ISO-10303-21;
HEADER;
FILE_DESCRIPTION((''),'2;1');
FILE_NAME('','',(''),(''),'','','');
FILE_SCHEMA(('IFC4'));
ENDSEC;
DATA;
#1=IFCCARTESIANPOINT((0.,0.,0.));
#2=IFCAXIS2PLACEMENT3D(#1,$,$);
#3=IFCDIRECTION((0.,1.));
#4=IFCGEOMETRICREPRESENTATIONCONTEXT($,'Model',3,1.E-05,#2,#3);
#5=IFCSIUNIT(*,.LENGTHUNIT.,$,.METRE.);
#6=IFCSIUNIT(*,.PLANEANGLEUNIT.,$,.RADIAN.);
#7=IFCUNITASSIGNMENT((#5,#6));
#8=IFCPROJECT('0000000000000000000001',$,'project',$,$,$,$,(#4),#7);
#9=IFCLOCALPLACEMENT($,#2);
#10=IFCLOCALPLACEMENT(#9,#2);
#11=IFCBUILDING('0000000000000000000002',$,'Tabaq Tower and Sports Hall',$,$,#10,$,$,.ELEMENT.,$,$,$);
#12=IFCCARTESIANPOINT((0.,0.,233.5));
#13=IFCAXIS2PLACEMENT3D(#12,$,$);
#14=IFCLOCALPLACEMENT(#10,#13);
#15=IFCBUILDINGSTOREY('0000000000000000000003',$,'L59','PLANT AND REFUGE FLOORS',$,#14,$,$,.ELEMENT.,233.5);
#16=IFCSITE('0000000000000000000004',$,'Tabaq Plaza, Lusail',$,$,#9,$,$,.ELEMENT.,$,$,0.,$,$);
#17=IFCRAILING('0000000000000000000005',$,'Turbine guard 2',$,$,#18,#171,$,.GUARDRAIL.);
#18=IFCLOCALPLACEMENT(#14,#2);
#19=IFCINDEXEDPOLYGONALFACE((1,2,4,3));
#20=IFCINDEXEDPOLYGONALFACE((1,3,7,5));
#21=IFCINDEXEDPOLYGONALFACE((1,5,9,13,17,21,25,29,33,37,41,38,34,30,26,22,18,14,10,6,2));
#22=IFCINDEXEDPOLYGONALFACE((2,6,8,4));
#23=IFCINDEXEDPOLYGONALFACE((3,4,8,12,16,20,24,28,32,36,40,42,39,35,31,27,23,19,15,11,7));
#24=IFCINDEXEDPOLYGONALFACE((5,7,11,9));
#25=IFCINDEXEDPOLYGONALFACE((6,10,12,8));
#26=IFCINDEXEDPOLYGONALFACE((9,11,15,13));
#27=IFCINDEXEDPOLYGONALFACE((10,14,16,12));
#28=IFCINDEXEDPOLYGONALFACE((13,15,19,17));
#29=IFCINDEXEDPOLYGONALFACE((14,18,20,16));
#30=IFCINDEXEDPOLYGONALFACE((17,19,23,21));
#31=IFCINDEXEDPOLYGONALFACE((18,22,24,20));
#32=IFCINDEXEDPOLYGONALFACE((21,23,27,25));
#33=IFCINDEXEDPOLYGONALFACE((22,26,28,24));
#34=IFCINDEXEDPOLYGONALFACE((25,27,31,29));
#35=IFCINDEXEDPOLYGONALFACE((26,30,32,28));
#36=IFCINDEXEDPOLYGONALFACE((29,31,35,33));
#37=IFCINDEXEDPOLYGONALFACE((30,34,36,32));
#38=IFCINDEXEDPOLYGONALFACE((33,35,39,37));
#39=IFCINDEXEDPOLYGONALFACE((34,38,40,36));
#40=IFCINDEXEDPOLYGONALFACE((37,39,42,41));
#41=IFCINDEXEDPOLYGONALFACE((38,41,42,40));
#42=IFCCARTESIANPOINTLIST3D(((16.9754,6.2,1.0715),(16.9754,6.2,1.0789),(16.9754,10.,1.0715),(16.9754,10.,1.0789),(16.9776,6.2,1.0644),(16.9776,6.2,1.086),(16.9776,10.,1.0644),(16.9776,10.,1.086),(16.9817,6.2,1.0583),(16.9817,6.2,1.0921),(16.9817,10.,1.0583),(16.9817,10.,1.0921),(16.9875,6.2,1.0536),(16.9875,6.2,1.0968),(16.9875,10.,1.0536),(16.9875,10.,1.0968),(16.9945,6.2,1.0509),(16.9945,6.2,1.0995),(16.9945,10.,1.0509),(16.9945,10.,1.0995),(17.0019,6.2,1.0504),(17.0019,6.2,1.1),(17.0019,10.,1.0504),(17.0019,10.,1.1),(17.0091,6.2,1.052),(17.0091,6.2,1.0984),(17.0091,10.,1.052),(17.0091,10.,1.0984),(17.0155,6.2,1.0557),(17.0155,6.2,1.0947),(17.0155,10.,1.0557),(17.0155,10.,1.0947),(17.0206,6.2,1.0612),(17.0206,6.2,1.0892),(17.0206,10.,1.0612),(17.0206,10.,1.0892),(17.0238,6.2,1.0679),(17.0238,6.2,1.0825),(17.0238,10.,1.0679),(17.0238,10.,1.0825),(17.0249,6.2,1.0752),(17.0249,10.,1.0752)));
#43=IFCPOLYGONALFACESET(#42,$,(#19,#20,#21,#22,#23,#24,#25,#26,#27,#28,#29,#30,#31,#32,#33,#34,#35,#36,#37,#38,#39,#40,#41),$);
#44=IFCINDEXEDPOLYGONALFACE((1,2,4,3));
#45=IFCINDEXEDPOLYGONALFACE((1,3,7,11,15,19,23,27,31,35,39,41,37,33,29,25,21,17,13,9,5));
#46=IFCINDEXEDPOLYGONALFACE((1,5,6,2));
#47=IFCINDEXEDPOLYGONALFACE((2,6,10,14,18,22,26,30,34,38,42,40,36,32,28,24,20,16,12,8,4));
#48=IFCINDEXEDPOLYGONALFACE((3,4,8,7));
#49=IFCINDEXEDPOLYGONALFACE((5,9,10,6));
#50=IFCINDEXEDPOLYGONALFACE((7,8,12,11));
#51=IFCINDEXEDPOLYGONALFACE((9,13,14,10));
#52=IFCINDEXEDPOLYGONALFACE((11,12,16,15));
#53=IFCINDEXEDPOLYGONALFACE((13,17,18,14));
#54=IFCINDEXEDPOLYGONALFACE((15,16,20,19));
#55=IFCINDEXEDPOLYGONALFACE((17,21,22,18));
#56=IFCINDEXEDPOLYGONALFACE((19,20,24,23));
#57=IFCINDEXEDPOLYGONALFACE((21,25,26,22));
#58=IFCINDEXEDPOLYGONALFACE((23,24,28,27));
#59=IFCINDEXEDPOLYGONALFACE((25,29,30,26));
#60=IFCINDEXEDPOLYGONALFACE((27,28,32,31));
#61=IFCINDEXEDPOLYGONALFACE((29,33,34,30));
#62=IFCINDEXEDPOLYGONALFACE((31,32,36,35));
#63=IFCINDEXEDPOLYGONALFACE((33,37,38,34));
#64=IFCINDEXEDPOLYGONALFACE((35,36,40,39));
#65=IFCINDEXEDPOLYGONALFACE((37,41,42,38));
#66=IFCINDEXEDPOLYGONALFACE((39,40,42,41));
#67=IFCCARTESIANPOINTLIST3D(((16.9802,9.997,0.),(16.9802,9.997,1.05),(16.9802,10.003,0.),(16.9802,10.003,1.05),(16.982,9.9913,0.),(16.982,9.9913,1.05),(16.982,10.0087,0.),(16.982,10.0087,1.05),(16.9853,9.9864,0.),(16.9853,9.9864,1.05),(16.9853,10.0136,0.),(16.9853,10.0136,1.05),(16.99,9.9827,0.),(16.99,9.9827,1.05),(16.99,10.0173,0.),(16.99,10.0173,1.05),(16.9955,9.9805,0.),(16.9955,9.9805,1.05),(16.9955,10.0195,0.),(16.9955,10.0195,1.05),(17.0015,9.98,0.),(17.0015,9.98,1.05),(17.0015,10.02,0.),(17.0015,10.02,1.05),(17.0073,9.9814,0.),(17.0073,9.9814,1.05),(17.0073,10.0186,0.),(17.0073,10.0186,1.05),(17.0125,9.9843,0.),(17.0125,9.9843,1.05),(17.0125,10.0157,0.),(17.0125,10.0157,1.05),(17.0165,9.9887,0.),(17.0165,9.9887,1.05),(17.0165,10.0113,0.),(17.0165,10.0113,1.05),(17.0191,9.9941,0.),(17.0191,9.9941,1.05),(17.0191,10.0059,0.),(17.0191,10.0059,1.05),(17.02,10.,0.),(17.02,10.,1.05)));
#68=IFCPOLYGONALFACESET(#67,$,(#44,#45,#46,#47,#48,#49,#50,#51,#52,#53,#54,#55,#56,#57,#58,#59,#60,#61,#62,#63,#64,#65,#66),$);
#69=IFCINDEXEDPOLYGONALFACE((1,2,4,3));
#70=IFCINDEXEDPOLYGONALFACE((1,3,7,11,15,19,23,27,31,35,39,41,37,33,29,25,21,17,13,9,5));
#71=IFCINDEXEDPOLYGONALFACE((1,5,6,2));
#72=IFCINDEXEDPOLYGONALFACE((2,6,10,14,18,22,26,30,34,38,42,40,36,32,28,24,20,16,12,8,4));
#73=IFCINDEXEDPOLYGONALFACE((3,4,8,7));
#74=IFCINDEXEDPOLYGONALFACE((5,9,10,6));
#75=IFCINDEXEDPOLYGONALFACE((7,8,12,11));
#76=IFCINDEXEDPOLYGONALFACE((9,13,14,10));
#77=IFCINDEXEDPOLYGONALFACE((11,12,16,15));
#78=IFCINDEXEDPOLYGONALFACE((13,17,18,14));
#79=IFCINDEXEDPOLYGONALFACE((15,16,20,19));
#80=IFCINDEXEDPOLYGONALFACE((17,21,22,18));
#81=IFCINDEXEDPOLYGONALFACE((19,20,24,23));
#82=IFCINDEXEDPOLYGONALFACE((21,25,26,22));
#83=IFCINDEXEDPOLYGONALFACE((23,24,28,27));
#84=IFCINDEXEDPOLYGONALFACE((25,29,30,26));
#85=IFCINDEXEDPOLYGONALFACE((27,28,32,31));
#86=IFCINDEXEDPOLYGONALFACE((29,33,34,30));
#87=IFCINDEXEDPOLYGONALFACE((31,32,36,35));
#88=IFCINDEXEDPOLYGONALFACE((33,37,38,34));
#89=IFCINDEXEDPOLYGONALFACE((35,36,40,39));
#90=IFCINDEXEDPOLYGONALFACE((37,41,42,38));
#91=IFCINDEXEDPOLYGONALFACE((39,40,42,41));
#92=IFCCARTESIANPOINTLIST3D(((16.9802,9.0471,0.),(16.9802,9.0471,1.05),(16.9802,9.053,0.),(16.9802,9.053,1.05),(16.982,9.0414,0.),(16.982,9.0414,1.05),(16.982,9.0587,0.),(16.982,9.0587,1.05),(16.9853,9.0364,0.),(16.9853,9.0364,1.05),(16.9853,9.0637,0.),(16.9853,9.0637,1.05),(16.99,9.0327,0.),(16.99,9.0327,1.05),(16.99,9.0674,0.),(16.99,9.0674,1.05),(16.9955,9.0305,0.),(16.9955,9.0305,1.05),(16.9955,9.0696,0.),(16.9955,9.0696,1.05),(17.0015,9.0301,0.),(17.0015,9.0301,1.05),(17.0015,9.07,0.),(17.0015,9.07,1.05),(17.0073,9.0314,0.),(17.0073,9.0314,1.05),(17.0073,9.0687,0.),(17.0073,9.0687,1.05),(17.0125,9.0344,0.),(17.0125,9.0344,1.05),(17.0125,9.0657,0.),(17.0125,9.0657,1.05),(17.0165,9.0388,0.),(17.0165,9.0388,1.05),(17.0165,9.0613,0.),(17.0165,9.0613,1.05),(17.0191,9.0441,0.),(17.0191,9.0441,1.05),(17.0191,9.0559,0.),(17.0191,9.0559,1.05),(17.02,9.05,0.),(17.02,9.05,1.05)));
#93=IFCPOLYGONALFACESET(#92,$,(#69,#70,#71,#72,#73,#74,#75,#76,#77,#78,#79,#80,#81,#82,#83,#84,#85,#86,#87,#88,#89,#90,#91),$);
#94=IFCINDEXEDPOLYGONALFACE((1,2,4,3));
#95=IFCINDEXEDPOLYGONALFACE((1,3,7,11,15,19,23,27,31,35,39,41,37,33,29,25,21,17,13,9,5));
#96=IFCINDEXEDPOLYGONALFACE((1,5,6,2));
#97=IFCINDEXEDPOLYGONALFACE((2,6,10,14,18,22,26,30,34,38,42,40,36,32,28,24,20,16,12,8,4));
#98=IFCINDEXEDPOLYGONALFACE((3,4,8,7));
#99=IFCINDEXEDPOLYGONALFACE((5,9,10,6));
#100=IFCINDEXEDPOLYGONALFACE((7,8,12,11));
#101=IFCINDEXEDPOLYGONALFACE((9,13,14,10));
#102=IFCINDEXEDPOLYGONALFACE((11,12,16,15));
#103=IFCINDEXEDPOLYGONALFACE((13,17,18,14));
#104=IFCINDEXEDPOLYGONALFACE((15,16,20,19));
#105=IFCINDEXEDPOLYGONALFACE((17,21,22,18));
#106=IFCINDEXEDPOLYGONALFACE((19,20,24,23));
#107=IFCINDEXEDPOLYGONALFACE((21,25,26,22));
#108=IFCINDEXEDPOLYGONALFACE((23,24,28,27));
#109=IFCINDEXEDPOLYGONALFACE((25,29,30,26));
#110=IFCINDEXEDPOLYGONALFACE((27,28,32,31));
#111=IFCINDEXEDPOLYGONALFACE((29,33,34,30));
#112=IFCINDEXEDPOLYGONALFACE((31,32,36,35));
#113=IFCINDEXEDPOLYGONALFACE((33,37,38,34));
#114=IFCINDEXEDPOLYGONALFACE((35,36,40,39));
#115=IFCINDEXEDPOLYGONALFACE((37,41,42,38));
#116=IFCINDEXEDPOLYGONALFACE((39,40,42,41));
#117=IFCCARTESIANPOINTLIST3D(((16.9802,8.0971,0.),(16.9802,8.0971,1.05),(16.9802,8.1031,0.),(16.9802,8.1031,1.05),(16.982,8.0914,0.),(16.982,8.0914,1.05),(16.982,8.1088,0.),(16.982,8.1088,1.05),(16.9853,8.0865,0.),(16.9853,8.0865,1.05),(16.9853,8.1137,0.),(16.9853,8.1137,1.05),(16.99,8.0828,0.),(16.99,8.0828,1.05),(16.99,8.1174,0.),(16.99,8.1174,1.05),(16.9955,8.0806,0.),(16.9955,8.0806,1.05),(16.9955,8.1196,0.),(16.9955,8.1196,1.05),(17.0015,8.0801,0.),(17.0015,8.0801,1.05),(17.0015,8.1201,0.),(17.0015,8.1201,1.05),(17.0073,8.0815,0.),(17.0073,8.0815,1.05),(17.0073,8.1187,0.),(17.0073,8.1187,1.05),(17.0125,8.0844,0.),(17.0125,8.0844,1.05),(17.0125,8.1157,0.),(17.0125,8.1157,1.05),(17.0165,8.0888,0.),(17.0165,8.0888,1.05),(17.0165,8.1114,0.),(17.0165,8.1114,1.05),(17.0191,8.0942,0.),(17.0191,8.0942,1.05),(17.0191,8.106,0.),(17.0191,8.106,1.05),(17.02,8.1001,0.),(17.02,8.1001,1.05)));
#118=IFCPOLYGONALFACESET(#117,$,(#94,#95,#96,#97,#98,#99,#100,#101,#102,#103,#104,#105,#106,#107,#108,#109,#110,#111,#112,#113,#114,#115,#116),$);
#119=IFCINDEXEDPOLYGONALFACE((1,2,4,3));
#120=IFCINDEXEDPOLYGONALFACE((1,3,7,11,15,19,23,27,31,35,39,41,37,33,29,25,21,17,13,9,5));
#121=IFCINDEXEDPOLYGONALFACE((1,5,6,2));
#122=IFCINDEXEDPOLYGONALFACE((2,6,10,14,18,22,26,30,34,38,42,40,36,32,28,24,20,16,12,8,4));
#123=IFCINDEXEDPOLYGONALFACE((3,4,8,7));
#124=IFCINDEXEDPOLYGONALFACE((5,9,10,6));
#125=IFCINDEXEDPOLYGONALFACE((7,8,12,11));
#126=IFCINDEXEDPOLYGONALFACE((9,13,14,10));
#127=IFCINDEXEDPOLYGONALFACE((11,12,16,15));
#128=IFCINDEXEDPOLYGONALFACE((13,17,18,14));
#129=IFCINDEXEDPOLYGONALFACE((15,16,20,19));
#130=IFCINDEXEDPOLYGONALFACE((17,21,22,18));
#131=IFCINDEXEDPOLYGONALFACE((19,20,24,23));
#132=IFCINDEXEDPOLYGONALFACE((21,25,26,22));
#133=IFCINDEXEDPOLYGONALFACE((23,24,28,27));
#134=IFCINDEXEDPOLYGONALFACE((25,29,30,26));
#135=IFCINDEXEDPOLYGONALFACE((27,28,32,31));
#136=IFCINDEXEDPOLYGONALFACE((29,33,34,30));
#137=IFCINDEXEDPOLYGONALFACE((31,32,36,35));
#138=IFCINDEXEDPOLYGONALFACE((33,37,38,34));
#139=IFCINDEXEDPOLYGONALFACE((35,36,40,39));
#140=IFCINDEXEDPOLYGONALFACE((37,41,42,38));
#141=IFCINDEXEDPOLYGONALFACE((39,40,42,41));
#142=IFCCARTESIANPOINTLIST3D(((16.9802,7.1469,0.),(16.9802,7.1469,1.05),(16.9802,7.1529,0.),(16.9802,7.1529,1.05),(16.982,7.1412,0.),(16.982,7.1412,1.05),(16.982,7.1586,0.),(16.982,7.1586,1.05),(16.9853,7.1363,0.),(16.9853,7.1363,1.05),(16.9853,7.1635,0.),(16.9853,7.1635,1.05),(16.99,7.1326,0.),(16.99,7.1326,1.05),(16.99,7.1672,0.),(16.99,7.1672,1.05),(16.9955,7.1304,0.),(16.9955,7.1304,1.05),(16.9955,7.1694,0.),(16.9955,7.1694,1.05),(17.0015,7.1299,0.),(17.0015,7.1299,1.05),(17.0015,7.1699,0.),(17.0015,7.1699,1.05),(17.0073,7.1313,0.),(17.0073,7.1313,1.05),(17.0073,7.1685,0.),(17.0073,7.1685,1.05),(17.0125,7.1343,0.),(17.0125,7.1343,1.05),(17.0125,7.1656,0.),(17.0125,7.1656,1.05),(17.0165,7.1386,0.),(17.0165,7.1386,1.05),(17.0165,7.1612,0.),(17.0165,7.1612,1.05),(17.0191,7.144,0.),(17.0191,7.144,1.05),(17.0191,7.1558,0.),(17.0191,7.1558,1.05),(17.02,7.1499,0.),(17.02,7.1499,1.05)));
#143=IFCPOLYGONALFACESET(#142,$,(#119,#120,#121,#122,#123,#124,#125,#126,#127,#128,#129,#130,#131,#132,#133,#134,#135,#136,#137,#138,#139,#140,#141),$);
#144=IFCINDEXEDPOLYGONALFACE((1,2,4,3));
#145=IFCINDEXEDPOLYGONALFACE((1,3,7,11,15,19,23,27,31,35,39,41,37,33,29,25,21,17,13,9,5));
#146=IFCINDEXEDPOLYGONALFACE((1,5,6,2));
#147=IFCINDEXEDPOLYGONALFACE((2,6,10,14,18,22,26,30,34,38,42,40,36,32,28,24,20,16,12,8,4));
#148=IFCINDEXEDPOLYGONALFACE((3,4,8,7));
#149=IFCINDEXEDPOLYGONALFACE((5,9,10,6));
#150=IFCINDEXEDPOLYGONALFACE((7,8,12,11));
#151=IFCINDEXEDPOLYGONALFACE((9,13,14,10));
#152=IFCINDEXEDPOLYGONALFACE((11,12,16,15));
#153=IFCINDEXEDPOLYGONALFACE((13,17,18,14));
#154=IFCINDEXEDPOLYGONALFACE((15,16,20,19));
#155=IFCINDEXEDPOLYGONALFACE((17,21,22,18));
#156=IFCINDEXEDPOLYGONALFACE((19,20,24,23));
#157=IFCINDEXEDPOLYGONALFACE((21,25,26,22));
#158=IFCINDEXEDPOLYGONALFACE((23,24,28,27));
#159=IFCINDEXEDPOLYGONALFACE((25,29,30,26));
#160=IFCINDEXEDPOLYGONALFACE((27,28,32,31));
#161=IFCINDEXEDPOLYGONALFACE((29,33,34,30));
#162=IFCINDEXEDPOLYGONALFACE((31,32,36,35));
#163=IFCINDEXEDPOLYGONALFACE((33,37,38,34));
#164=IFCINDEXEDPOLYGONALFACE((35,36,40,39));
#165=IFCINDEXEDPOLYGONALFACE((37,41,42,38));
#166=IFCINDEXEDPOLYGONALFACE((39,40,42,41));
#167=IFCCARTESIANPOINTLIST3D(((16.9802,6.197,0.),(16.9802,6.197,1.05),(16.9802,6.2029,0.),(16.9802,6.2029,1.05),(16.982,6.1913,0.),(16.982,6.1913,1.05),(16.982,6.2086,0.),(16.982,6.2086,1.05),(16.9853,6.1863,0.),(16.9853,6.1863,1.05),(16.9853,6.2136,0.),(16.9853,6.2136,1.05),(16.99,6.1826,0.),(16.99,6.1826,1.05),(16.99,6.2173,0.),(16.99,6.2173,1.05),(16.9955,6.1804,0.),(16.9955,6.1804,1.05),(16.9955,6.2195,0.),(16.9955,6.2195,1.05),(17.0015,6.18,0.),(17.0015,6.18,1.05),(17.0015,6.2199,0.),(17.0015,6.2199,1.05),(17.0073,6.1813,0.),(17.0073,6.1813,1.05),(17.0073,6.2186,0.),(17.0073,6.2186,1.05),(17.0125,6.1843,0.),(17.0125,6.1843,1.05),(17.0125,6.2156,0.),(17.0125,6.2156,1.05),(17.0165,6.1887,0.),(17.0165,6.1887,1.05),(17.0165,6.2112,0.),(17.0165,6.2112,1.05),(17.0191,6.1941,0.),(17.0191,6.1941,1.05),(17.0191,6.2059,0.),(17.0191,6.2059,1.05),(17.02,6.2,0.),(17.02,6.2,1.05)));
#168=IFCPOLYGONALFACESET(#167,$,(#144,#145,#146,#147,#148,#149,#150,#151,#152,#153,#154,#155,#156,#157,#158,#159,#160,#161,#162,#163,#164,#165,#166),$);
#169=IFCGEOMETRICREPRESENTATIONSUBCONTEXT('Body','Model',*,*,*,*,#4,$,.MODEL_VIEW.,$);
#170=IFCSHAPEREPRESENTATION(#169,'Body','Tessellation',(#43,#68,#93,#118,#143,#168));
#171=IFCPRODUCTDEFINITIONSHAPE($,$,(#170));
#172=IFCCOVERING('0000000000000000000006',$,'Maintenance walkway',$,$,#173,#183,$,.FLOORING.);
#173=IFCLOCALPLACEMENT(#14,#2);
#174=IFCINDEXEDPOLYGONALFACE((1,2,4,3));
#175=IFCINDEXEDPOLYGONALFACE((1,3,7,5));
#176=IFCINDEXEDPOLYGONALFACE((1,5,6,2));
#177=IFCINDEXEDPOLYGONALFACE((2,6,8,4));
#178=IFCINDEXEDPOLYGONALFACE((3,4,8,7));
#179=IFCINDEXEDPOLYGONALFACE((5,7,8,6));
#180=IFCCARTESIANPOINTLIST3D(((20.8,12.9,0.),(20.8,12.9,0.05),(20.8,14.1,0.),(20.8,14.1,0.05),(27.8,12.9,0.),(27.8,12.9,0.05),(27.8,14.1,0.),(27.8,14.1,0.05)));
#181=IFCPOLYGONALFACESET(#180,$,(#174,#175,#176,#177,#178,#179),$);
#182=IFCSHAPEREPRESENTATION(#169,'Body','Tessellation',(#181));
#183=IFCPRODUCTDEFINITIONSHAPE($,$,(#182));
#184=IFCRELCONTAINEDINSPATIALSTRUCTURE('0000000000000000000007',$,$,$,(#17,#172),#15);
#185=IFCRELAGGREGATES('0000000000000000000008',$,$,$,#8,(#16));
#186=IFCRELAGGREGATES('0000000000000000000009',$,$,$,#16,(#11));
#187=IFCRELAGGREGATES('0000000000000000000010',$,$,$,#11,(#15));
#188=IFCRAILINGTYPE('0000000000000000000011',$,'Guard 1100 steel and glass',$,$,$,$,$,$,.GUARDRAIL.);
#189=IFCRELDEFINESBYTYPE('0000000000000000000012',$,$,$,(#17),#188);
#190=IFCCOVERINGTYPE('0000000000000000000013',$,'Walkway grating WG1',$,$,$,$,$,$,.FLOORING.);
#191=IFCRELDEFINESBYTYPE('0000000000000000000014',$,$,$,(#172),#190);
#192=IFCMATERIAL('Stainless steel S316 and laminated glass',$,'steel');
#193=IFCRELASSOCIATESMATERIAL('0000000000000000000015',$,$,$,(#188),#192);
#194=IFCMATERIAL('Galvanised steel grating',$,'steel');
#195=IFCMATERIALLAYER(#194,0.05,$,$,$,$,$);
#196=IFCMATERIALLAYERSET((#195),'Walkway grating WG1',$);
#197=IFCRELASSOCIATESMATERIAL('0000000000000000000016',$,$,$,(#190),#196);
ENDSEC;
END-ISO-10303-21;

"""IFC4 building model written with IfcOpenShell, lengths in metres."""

from ifc_helpers import new_model, si_unit, direction, frame, origin, origin_2d, place, context, subcontext, project, spatial, rectangle, circle, extrude, material, layer, layer_set, type_object, element, save


model = new_model("IFC4")

# Units and contexts
model_context = context("Model", 3, precision=1e-05, world=origin(), true_north=direction((0.0, 1.0)))
body_context = subcontext(model_context, "Body", "Model", "MODEL_VIEW")
ifc_project = project(units=[si_unit("LENGTHUNIT", "METRE"), si_unit("PLANEANGLEUNIT", "RADIAN")], contexts=[model_context])

# Site, building, storey
site_placement = place(None, origin())
site = spatial("IfcSite", under=ifc_project, at=site_placement, Name="Tabaq Plaza, Lusail", CompositionType="ELEMENT", RefElevation=0.0)
building_placement = place(site_placement, origin())
building = spatial("IfcBuilding", under=site, at=building_placement, Name="Tabaq Tower and Sports Hall", CompositionType="ELEMENT")
storey_placement = place(building_placement, frame((0.0, 0.0, 233.5)))
storey = spatial("IfcBuildingStorey", under=building, at=storey_placement, Name="L59", Description="PLANT AND REFUGE FLOORS", CompositionType="ELEMENT", Elevation=233.5)

# Railing
ifc_material_1 = material(Name="Stainless steel S316 and laminated glass", Category="steel")
railing_type = type_object("IfcRailingType", Name="Guard 1100 steel and glass", PredefinedType="GUARDRAIL", material=ifc_material_1)
railing_1_placement = place(storey_placement, frame((17.0, 10.0, 0.0)))
element("IfcRailing", 1, at=railing_1_placement, inside=storey, type_object=railing_type, Name="Turbine guard 2", PredefinedType="GUARDRAIL", context=body_context, shape_type="SweptSolid", body=[
    extrude(circle(Radius=0.0249, at=origin_2d()), frame((0.0, 0.0, 1.0752), z_axis=(0.0, -1.0, 0.0), x_axis=(1.0, 0.0, 0.0)), (0.0, 0.0, 1.0), 3.8),
    extrude(circle(Radius=0.02, at=origin_2d()), origin(), (0.0, 0.0, 1.0), 1.05),
    extrude(circle(Radius=0.02, at=origin_2d()), frame((0.0, -0.95, 0.0)), (0.0, 0.0, 1.0), 1.05),
    extrude(circle(Radius=0.02, at=origin_2d()), frame((0.0, -1.8999, 0.0)), (0.0, 0.0, 1.0), 1.05),
    extrude(circle(Radius=0.02, at=origin_2d()), frame((0.0, -2.8501, 0.0)), (0.0, 0.0, 1.0), 1.05),
    extrude(circle(Radius=0.02, at=origin_2d()), frame((0.0, -3.8, 0.0)), (0.0, 0.0, 1.0), 1.05),
])

# Covering
ifc_material_2 = material(Name="Galvanised steel grating", Category="steel")
ifc_layer_1 = layer(ifc_material_2, 0.05)
ifc_layer_set_1 = layer_set([ifc_layer_1], Name="Walkway grating WG1")
covering_type_1 = type_object("IfcCoveringType", Name="Walkway grating WG1", PredefinedType="FLOORING", material=ifc_layer_set_1)
covering_1_placement = place(storey_placement, frame((24.3, 13.5, 0.0), z_axis=(0.0, 0.0, 1.0), x_axis=(1.0, 0.0, 0.0)))
element("IfcCovering", 2, at=covering_1_placement, inside=storey, type_object=covering_type_1, Name="Maintenance walkway", PredefinedType="FLOORING", context=body_context, shape_type="SweptSolid", body=[
    extrude(rectangle(XDim=7.0, YDim=1.2, at=origin_2d()), origin(), (0.0, 0.0, 1.0), 0.05),
])

save(model, "model.ifc")
